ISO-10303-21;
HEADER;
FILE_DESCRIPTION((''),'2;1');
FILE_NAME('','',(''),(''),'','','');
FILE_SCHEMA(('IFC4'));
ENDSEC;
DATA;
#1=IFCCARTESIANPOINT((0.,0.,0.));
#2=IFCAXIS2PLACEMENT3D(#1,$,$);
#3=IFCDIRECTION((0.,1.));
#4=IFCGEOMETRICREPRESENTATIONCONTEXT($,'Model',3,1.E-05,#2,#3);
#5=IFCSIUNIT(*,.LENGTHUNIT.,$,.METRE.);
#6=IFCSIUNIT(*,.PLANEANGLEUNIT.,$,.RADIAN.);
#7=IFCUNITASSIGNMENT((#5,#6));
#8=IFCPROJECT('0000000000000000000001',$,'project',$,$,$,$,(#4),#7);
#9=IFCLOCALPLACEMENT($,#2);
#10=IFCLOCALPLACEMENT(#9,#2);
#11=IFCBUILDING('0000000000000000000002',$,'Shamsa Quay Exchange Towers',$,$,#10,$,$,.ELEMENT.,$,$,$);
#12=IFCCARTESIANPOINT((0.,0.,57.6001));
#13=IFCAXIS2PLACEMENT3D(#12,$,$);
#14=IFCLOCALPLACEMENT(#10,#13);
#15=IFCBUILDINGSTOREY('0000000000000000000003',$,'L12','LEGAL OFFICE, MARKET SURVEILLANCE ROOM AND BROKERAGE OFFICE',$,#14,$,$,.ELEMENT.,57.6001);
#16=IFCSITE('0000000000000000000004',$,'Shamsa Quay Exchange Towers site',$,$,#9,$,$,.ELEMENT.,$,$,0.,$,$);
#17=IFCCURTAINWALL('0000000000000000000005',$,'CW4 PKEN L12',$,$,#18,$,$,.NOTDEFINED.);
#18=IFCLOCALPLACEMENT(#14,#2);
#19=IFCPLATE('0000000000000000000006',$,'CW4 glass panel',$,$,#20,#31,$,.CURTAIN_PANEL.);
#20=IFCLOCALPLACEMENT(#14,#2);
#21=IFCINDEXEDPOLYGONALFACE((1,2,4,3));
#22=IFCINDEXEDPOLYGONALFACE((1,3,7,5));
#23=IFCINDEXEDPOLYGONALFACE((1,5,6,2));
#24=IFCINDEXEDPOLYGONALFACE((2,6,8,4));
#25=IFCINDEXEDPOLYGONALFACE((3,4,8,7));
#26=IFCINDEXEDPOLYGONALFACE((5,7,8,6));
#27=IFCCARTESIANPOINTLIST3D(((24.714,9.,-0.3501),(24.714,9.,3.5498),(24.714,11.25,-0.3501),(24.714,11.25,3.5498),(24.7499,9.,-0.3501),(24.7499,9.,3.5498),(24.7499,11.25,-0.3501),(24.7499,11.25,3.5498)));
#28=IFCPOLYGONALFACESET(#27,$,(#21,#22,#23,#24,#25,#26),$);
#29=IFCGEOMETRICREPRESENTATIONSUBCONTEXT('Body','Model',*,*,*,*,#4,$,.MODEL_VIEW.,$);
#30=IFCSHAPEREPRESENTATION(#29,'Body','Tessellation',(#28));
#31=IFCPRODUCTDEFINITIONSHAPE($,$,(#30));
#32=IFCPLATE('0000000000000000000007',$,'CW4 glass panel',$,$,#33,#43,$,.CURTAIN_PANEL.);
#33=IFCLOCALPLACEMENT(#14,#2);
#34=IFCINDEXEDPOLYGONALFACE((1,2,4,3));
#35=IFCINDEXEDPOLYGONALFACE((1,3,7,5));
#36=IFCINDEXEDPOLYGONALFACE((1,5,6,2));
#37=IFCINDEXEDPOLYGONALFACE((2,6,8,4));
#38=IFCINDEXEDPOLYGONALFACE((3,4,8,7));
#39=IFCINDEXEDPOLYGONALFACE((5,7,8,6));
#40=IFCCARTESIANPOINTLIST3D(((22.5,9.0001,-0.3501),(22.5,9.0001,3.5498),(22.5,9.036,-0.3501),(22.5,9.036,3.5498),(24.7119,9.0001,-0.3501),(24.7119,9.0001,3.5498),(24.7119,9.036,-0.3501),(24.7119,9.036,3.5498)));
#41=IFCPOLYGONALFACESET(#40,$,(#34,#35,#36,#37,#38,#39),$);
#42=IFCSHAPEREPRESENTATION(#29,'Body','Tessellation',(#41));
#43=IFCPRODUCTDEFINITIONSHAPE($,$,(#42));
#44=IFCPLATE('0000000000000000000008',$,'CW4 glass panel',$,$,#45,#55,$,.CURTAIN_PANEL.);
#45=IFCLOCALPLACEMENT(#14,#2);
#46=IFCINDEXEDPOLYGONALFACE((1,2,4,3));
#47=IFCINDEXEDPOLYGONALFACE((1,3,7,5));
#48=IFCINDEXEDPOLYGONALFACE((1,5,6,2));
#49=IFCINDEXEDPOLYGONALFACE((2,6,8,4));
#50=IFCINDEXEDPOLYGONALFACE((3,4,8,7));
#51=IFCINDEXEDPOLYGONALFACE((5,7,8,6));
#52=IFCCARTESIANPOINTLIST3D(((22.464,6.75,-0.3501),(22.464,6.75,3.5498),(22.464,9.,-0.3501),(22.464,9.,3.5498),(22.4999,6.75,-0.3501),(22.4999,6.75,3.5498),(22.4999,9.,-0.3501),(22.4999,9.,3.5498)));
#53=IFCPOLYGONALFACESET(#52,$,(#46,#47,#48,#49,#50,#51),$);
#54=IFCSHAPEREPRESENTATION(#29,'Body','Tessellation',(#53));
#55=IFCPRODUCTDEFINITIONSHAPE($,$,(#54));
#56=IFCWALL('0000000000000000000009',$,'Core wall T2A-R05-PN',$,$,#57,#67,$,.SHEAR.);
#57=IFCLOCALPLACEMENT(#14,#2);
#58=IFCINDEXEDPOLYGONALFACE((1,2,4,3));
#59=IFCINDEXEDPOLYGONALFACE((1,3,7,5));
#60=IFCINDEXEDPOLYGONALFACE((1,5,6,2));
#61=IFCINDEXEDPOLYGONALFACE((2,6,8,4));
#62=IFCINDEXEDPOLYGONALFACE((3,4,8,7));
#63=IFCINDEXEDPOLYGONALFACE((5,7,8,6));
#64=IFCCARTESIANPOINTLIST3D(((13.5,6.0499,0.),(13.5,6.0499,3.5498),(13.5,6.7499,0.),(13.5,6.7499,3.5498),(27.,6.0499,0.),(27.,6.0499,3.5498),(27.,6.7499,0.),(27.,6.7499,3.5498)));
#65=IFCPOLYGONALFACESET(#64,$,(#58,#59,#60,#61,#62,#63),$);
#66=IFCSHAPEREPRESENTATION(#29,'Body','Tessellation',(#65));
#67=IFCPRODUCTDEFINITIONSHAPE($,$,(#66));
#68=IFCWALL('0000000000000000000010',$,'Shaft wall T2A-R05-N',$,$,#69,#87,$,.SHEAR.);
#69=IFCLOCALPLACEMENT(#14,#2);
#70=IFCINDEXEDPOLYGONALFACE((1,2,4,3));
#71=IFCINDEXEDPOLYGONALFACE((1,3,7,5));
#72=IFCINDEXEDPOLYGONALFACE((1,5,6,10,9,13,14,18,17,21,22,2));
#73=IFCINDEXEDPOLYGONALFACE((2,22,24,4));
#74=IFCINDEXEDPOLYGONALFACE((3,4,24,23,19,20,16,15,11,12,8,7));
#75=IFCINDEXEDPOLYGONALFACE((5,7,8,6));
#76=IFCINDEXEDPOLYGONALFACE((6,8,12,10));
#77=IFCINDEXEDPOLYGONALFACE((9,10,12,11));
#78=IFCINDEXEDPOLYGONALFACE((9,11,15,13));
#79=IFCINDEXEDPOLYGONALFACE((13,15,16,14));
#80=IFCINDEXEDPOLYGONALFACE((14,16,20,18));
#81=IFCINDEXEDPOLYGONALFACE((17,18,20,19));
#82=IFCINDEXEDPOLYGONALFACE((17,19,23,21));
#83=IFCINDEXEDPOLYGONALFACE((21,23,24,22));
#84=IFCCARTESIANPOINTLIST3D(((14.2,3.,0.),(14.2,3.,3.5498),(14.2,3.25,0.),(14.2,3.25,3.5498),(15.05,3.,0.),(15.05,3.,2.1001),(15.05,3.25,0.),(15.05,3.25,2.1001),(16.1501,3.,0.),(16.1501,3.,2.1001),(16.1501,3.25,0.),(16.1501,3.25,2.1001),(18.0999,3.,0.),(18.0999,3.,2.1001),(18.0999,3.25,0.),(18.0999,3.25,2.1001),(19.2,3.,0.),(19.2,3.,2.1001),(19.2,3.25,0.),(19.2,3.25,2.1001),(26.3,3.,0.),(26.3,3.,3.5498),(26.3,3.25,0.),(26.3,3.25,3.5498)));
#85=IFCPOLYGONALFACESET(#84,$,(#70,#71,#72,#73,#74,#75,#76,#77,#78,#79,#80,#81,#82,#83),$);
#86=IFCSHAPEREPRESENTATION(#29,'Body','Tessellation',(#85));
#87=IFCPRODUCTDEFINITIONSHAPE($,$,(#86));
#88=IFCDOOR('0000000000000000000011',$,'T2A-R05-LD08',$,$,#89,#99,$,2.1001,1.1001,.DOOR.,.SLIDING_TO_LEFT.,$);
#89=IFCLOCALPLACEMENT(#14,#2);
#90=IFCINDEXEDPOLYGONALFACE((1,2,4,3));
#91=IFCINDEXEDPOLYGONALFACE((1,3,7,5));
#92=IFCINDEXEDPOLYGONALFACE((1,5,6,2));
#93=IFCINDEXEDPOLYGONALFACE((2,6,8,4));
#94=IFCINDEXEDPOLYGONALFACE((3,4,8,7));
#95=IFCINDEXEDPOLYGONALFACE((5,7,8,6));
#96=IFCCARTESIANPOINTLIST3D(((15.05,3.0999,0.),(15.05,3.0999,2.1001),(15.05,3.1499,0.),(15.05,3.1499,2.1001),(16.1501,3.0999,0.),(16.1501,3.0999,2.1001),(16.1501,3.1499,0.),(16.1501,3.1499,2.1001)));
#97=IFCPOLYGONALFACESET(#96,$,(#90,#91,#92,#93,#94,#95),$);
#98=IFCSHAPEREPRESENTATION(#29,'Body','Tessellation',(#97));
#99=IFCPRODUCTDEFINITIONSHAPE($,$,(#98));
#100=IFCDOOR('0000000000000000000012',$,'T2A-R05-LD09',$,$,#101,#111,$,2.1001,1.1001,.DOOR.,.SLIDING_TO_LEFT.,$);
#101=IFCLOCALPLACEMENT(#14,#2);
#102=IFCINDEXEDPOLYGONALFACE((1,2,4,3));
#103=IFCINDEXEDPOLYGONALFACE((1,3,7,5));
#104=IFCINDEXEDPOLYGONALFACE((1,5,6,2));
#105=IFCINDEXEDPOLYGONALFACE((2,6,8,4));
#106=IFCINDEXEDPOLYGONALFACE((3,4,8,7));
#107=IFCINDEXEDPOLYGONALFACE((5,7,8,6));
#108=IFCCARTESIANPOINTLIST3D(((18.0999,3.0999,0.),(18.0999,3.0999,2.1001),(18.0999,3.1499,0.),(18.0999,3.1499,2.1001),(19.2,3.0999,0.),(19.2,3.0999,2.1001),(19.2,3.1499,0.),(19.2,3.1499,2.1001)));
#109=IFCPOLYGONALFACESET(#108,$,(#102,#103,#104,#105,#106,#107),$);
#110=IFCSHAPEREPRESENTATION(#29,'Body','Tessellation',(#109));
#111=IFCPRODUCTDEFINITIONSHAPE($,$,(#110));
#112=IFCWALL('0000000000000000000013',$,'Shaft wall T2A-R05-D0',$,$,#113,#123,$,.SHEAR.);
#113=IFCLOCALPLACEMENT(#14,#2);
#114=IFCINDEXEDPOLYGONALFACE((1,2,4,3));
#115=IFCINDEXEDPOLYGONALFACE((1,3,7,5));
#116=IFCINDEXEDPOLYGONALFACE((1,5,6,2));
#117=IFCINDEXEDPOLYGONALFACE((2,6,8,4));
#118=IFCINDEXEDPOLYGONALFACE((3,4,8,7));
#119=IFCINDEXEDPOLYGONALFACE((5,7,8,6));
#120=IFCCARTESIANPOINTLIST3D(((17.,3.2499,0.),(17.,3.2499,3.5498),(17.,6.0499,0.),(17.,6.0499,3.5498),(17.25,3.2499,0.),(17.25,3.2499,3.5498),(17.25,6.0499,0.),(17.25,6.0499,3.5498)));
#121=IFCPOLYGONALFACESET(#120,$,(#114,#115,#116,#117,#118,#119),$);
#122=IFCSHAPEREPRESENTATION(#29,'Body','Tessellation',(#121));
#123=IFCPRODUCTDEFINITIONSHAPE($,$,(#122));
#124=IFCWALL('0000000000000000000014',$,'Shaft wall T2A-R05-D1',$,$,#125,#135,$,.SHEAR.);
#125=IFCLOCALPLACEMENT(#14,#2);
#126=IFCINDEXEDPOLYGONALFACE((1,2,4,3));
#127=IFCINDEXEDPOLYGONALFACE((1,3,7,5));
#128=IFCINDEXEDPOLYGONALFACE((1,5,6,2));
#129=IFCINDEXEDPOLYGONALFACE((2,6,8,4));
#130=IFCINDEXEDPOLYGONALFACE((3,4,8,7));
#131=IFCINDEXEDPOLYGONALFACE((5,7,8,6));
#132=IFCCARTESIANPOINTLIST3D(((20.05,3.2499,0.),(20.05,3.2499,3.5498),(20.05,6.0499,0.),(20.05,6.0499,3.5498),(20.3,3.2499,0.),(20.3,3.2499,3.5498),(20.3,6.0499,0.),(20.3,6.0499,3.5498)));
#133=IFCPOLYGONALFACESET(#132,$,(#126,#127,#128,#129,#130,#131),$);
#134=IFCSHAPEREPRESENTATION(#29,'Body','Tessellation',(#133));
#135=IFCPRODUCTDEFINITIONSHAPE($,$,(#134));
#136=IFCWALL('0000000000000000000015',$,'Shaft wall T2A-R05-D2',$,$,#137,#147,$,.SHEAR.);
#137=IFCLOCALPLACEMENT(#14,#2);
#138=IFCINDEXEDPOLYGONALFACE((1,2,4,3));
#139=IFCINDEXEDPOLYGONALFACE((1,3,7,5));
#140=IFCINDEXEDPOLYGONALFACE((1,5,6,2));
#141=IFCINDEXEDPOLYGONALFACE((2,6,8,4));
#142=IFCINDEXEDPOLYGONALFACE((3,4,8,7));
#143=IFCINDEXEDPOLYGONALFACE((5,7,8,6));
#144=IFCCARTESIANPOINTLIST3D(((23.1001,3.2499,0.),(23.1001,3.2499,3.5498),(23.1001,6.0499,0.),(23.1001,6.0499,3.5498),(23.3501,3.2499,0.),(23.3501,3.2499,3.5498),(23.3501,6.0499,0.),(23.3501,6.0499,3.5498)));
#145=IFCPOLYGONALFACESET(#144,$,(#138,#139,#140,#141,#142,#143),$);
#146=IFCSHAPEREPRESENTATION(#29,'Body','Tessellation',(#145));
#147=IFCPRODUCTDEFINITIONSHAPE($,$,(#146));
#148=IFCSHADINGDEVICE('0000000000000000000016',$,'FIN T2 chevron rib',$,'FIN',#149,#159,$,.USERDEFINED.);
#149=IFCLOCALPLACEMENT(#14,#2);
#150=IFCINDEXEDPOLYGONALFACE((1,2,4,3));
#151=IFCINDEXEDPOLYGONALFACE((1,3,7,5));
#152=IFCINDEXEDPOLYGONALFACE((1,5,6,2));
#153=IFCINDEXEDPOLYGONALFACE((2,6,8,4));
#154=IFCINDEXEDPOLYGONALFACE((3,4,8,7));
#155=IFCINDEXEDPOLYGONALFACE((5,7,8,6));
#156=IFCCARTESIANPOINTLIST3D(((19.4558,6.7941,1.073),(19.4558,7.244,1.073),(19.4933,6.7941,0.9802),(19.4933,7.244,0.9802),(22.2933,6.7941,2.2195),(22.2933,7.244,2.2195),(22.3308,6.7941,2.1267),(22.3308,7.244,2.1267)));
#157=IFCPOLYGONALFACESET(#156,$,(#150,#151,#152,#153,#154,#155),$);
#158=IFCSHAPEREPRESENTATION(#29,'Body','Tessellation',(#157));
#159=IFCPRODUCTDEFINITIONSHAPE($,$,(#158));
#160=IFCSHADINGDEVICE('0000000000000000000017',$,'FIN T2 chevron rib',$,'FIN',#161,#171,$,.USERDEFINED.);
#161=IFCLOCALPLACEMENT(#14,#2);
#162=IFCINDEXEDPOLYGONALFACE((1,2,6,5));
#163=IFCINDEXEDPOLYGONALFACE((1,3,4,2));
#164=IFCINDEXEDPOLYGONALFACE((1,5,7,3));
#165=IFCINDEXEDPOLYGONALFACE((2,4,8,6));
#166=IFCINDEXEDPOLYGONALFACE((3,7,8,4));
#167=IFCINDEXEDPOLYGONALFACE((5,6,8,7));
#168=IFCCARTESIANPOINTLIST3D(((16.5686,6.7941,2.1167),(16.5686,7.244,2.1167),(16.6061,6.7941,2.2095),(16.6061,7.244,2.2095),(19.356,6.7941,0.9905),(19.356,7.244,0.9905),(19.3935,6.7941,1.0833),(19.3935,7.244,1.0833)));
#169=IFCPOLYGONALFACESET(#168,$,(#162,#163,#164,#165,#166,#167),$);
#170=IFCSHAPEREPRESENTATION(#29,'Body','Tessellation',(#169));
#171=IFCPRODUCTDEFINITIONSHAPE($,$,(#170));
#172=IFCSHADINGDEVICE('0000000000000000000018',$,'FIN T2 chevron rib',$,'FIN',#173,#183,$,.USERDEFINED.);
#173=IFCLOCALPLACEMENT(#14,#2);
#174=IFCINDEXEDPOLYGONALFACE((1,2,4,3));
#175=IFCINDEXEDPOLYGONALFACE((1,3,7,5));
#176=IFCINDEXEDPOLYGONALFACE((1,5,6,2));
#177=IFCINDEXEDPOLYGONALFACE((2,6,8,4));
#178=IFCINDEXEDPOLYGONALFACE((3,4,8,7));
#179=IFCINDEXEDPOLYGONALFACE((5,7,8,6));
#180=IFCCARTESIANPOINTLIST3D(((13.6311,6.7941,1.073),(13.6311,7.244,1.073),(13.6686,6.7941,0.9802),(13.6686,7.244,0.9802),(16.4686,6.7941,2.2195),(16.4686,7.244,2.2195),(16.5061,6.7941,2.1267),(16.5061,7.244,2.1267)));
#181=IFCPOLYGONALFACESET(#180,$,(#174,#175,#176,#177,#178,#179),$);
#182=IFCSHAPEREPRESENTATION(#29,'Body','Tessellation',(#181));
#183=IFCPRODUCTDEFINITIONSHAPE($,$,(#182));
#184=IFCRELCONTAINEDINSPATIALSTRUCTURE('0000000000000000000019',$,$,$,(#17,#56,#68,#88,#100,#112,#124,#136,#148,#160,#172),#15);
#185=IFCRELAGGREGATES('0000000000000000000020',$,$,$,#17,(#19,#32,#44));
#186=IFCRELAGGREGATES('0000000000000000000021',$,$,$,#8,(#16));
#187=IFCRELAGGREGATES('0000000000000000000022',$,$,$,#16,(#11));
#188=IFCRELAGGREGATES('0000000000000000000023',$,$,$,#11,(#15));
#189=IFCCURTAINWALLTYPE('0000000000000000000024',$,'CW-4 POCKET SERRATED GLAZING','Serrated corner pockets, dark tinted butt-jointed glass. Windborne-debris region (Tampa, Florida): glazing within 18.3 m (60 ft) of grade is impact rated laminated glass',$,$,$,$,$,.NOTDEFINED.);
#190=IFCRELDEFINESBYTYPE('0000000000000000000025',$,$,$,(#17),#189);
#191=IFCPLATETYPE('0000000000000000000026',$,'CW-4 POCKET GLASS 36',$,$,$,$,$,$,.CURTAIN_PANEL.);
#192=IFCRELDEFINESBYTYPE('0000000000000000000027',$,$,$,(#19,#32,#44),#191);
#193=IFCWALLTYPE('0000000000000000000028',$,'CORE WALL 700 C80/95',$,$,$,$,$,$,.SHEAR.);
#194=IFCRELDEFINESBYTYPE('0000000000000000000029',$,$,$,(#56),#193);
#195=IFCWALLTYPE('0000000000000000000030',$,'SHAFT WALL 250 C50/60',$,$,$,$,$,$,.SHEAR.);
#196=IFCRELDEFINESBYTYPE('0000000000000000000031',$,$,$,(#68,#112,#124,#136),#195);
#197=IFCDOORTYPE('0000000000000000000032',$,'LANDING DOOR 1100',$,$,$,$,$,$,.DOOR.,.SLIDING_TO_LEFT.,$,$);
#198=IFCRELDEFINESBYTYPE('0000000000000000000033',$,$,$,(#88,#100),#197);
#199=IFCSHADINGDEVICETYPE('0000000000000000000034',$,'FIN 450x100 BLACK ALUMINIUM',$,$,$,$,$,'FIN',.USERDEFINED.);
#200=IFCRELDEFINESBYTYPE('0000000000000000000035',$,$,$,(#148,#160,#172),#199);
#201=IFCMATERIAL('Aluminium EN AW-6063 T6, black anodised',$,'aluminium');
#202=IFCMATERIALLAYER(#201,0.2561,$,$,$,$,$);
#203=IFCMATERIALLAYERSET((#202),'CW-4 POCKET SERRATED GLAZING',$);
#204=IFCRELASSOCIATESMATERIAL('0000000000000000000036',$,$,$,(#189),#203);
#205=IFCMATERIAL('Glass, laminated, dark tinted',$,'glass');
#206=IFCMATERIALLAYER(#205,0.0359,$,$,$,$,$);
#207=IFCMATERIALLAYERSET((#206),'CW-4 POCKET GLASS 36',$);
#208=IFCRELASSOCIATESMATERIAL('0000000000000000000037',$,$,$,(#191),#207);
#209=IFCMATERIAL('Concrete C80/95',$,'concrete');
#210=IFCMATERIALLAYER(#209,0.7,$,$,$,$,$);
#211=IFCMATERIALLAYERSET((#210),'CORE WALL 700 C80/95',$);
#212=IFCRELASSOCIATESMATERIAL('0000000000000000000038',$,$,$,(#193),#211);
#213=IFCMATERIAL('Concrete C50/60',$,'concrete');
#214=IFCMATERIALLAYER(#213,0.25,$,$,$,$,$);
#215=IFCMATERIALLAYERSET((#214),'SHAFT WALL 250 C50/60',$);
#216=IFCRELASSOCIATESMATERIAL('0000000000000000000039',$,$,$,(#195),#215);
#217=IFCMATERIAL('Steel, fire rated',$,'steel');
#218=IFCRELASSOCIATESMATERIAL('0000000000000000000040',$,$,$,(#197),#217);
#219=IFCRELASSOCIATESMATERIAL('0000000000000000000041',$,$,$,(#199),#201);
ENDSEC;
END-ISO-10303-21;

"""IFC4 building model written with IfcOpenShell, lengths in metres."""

from ifc_helpers import new_model, si_unit, direction, frame, frame_2d, origin, origin_2d, place, context, subcontext, project, spatial, rectangle, extrude, material, layer, layer_set, material_profile, profile_set, type_object, element, fill, aggregate, save


model = new_model("IFC4")

# Units and contexts
model_context = context("Model", 3, precision=1e-05, world=origin(), true_north=direction((0.0, 1.0)))
body_context = subcontext(model_context, "Body", "Model", "MODEL_VIEW")
ifc_project = project(units=[si_unit("LENGTHUNIT", "METRE"), si_unit("PLANEANGLEUNIT", "RADIAN")], contexts=[model_context])

# Site, building, storey
site_placement = place(None, origin())
site = spatial("IfcSite", under=ifc_project, at=site_placement, Name="Shamsa Quay Exchange Towers site", CompositionType="ELEMENT", RefElevation=0.0)
building_placement = place(site_placement, origin())
building = spatial("IfcBuilding", under=site, at=building_placement, Name="Shamsa Quay Exchange Towers", CompositionType="ELEMENT")
storey_placement = place(building_placement, frame((0.0, 0.0, 57.6001)))
storey = spatial("IfcBuildingStorey", under=building, at=storey_placement, Name="L12", Description="LEGAL OFFICE, MARKET SURVEILLANCE ROOM AND BROKERAGE OFFICE", CompositionType="ELEMENT", Elevation=57.6001)

# Shared definitions
ifc_material_1 = material(Name="Aluminium EN AW-6063 T6, black anodised", Category="aluminium")

# Shared definitions
ifc_material_2 = material(Name="Concrete C50/60", Category="concrete")

# Shared definitions
ifc_material_3 = material(Name="Glass, laminated, dark tinted", Category="glass")

# Curtain wall, plates
ifc_layer_1 = layer(ifc_material_1, 0.2561)
ifc_layer_set_1 = layer_set([ifc_layer_1], Name="CW-4 POCKET SERRATED GLAZING")
curtain_wall_type_1 = type_object("IfcCurtainWallType", Name="CW-4 POCKET SERRATED GLAZING", Description="Serrated corner pockets, dark tinted butt-jointed glass. Windborne-debris region (Tampa, Florida): glazing within 18.3 m (60 ft) of grade is impact rated laminated glass", PredefinedType="NOTDEFINED", material=ifc_layer_set_1)
curtain_wall_1_placement = place(storey_placement, origin())
curtain_wall_1 = element("IfcCurtainWall", 1, at=curtain_wall_1_placement, inside=storey, type_object=curtain_wall_type_1, Name="CW4 PKEN L12", PredefinedType="NOTDEFINED")
ifc_layer_2 = layer(ifc_material_3, 0.0359)
ifc_layer_set_2 = layer_set([ifc_layer_2], Name="CW-4 POCKET GLASS 36")
plate_type_1 = type_object("IfcPlateType", Name="CW-4 POCKET GLASS 36", PredefinedType="CURTAIN_PANEL", material=ifc_layer_set_2)
plate_1_placement = place(storey_placement, frame((24.7319, 10.125, -0.3501), z_axis=(0.0, 0.0, 1.0), x_axis=(0.0, -1.0, 0.0)))
plate_1 = element("IfcPlate", 2, at=plate_1_placement, type_object=plate_type_1, Name="CW4 glass panel", PredefinedType="CURTAIN_PANEL", context=body_context, shape_type="SweptSolid", body=[
    extrude(rectangle(XDim=2.25, YDim=0.0359, at=origin_2d()), origin(), (0.0, 0.0, 1.0), 3.8999),
])
plate_2_placement = place(storey_placement, frame((23.606, 9.0181, -0.3501), z_axis=(0.0, 0.0, 1.0), x_axis=(-1.0, 0.0, 0.0)))
plate_2 = element("IfcPlate", 3, at=plate_2_placement, type_object=plate_type_1, Name="CW4 glass panel", PredefinedType="CURTAIN_PANEL", context=body_context, shape_type="SweptSolid", body=[
    extrude(rectangle(XDim=2.2119, YDim=0.0359, at=origin_2d()), origin(), (0.0, 0.0, 1.0), 3.8999),
])
plate_3_placement = place(storey_placement, frame((22.4819, 7.875, -0.3501), z_axis=(0.0, 0.0, 1.0), x_axis=(0.0, -1.0, 0.0)))
plate_3 = element("IfcPlate", 4, at=plate_3_placement, type_object=plate_type_1, Name="CW4 glass panel", PredefinedType="CURTAIN_PANEL", context=body_context, shape_type="SweptSolid", body=[
    extrude(rectangle(XDim=2.25, YDim=0.0359, at=origin_2d()), origin(), (0.0, 0.0, 1.0), 3.8999),
])
aggregate(curtain_wall_1, [plate_1, plate_2, plate_3])

# Wall
ifc_material_4 = material(Name="Concrete C80/95", Category="concrete")
ifc_layer_3 = layer(ifc_material_4, 0.7)
ifc_layer_set_3 = layer_set([ifc_layer_3], Name="CORE WALL 700 C80/95")
wall_type_1 = type_object("IfcWallType", Name="CORE WALL 700 C80/95", PredefinedType="SHEAR", material=ifc_layer_set_3)
wall_1_placement = place(storey_placement, frame((13.5, 6.3999, 0.0)))
element("IfcWall", 5, at=wall_1_placement, inside=storey, type_object=wall_type_1, Name="Core wall T2A-R05-PN", PredefinedType="SHEAR", context=body_context, shape_type="SweptSolid", body=[
    extrude(rectangle(XDim=13.5, YDim=0.7, at=frame_2d((6.75, 0.0))), origin(), (0.0, 0.0, 1.0), 3.5498),
])

# Shared definitions
ifc_material_5 = material(Name="Steel, fire rated", Category="steel")

# Wall, openings, doors
ifc_layer_4 = layer(ifc_material_2, 0.25)
ifc_layer_set_4 = layer_set([ifc_layer_4], Name="SHAFT WALL 250 C50/60")
wall_type_2 = type_object("IfcWallType", Name="SHAFT WALL 250 C50/60", PredefinedType="SHEAR", material=ifc_layer_set_4)
wall_2_placement = place(storey_placement, frame((14.2, 3.125, 0.0)))
wall_2 = element("IfcWall", 6, at=wall_2_placement, inside=storey, type_object=wall_type_2, Name="Shaft wall T2A-R05-N", PredefinedType="SHEAR", context=body_context, shape_type="SweptSolid", body=[
    extrude(rectangle(XDim=12.1001, YDim=0.25, at=frame_2d((6.05, 0.0))), origin(), (0.0, 0.0, 1.0), 3.5498),
])
opening_1_placement = place(wall_2_placement, frame((0.8501, 0.0, 0.0)))
opening_1 = element("IfcOpeningElement", 7, at=opening_1_placement, cuts=wall_2, PredefinedType="OPENING", context=body_context, shape_type="SweptSolid", body=[
    extrude(rectangle(XDim=1.1001, YDim=2.1001, at=frame_2d((0.55, 1.05))), frame((0.0, 0.135, 0.0), z_axis=(0.0, -1.0, 0.0), x_axis=(1.0, 0.0, 0.0)), (0.0, 0.0, 1.0), 0.27),
])
opening_2_placement = place(wall_2_placement, frame((3.8999, 0.0, 0.0)))
opening_2 = element("IfcOpeningElement", 8, at=opening_2_placement, cuts=wall_2, PredefinedType="OPENING", context=body_context, shape_type="SweptSolid", body=[
    extrude(rectangle(XDim=1.1001, YDim=2.1001, at=frame_2d((0.55, 1.05))), frame((0.0, 0.135, 0.0), z_axis=(0.0, -1.0, 0.0), x_axis=(1.0, 0.0, 0.0)), (0.0, 0.0, 1.0), 0.27),
])
door_type_1 = type_object("IfcDoorType", Name="LANDING DOOR 1100", OperationType="SLIDING_TO_LEFT", PredefinedType="DOOR", material=ifc_material_5)
door_1_placement = place(opening_1_placement, origin())
door_1 = element("IfcDoor", 9, at=door_1_placement, inside=storey, type_object=door_type_1, Name="T2A-R05-LD08", OperationType="SLIDING_TO_LEFT", OverallHeight=2.1001, OverallWidth=1.1001, PredefinedType="DOOR", context=body_context, shape_type="SweptSolid", body=[
    extrude(rectangle(XDim=1.1001, YDim=2.1001, at=frame_2d((0.55, 1.05))), frame((0.0, 0.0249, 0.0), z_axis=(0.0, -1.0, 0.0), x_axis=(1.0, 0.0, 0.0)), (0.0, 0.0, 1.0), 0.05),
])
fill(opening_1, door_1)
door_2_placement = place(opening_2_placement, origin())
door_2 = element("IfcDoor", 10, at=door_2_placement, inside=storey, type_object=door_type_1, Name="T2A-R05-LD09", OperationType="SLIDING_TO_LEFT", OverallHeight=2.1001, OverallWidth=1.1001, PredefinedType="DOOR", context=body_context, shape_type="SweptSolid", body=[
    extrude(rectangle(XDim=1.1001, YDim=2.1001, at=frame_2d((0.55, 1.05))), frame((0.0, 0.0249, 0.0), z_axis=(0.0, -1.0, 0.0), x_axis=(1.0, 0.0, 0.0)), (0.0, 0.0, 1.0), 0.05),
])
fill(opening_2, door_2)

# Walls
for number, where, z_axis, x_axis, name in (
    (11, (17.125, 3.25, 0.0), (0.0, 0.0, 1.0), (0.0, 1.0, 0.0), "Shaft wall T2A-R05-D0"),
    (12, (20.175, 3.25, 0.0), (0.0, 0.0, 1.0), (0.0, 1.0, 0.0), "Shaft wall T2A-R05-D1"),
    (13, (23.2251, 3.25, 0.0), (0.0, 0.0, 1.0), (0.0, 1.0, 0.0), "Shaft wall T2A-R05-D2"),
):
    element("IfcWall", number, at=place(storey_placement, frame(where, z_axis=z_axis, x_axis=x_axis)), inside=storey, type_object=wall_type_2, Name=name, PredefinedType="SHEAR", context=body_context, shape_type="SweptSolid", body=[
        extrude(rectangle(XDim=2.8, YDim=0.25, at=frame_2d((1.3999, 0.0))), origin(), (0.0, 0.0, 1.0), 3.5498),
    ])

# Shading devices
ifc_material_profile_1 = material_profile(ifc_material_1, rectangle(XDim=0.45, YDim=0.1001, at=origin_2d()), Name="FIN450x100")
ifc_profile_set_1 = profile_set([ifc_material_profile_1], Name="Aluminium EN AW-6063 T6, black anodised")
shading_device_type = type_object("IfcShadingDeviceType", Name="FIN 450x100 BLACK ALUMINIUM", ElementType="FIN", PredefinedType="USERDEFINED", material=ifc_profile_set_1)
shading_device_1_placement = place(storey_placement, frame((22.312, 7.019, 2.1731), z_axis=(-0.927173, 0.0, -0.374635), x_axis=(0.0, -1.0, 0.0)))
element("IfcShadingDevice", 14, at=shading_device_1_placement, inside=storey, type_object=shading_device_type, Name="FIN T2 chevron rib", ObjectType="FIN", PredefinedType="USERDEFINED", context=body_context, shape_type="SweptSolid", body=[
    extrude(rectangle(XDim=0.45, YDim=0.1001, at=origin_2d()), origin(), (0.0, 0.0, 1.0), 3.0603),
])
shading_device_2_placement = place(storey_placement, frame((19.3748, 7.019, 1.0369), z_axis=(-0.927177, 0.0, 0.374623), x_axis=(0.0, -1.0, 0.0)))
element("IfcShadingDevice", 15, at=shading_device_2_placement, inside=storey, type_object=shading_device_type, Name="FIN T2 chevron rib", ObjectType="FIN", PredefinedType="USERDEFINED", context=body_context, shape_type="SweptSolid", body=[
    extrude(rectangle(XDim=0.45, YDim=0.1001, at=origin_2d()), origin(), (0.0, 0.0, 1.0), 3.0063),
])
shading_device_3_placement = place(storey_placement, frame((16.4873, 7.019, 2.1731), z_axis=(-0.927173, 0.0, -0.374635), x_axis=(0.0, -1.0, 0.0)))
element("IfcShadingDevice", 16, at=shading_device_3_placement, inside=storey, type_object=shading_device_type, Name="FIN T2 chevron rib", ObjectType="FIN", PredefinedType="USERDEFINED", context=body_context, shape_type="SweptSolid", body=[
    extrude(rectangle(XDim=0.45, YDim=0.1001, at=origin_2d()), origin(), (0.0, 0.0, 1.0), 3.0603),
])

save(model, "model.ifc")
